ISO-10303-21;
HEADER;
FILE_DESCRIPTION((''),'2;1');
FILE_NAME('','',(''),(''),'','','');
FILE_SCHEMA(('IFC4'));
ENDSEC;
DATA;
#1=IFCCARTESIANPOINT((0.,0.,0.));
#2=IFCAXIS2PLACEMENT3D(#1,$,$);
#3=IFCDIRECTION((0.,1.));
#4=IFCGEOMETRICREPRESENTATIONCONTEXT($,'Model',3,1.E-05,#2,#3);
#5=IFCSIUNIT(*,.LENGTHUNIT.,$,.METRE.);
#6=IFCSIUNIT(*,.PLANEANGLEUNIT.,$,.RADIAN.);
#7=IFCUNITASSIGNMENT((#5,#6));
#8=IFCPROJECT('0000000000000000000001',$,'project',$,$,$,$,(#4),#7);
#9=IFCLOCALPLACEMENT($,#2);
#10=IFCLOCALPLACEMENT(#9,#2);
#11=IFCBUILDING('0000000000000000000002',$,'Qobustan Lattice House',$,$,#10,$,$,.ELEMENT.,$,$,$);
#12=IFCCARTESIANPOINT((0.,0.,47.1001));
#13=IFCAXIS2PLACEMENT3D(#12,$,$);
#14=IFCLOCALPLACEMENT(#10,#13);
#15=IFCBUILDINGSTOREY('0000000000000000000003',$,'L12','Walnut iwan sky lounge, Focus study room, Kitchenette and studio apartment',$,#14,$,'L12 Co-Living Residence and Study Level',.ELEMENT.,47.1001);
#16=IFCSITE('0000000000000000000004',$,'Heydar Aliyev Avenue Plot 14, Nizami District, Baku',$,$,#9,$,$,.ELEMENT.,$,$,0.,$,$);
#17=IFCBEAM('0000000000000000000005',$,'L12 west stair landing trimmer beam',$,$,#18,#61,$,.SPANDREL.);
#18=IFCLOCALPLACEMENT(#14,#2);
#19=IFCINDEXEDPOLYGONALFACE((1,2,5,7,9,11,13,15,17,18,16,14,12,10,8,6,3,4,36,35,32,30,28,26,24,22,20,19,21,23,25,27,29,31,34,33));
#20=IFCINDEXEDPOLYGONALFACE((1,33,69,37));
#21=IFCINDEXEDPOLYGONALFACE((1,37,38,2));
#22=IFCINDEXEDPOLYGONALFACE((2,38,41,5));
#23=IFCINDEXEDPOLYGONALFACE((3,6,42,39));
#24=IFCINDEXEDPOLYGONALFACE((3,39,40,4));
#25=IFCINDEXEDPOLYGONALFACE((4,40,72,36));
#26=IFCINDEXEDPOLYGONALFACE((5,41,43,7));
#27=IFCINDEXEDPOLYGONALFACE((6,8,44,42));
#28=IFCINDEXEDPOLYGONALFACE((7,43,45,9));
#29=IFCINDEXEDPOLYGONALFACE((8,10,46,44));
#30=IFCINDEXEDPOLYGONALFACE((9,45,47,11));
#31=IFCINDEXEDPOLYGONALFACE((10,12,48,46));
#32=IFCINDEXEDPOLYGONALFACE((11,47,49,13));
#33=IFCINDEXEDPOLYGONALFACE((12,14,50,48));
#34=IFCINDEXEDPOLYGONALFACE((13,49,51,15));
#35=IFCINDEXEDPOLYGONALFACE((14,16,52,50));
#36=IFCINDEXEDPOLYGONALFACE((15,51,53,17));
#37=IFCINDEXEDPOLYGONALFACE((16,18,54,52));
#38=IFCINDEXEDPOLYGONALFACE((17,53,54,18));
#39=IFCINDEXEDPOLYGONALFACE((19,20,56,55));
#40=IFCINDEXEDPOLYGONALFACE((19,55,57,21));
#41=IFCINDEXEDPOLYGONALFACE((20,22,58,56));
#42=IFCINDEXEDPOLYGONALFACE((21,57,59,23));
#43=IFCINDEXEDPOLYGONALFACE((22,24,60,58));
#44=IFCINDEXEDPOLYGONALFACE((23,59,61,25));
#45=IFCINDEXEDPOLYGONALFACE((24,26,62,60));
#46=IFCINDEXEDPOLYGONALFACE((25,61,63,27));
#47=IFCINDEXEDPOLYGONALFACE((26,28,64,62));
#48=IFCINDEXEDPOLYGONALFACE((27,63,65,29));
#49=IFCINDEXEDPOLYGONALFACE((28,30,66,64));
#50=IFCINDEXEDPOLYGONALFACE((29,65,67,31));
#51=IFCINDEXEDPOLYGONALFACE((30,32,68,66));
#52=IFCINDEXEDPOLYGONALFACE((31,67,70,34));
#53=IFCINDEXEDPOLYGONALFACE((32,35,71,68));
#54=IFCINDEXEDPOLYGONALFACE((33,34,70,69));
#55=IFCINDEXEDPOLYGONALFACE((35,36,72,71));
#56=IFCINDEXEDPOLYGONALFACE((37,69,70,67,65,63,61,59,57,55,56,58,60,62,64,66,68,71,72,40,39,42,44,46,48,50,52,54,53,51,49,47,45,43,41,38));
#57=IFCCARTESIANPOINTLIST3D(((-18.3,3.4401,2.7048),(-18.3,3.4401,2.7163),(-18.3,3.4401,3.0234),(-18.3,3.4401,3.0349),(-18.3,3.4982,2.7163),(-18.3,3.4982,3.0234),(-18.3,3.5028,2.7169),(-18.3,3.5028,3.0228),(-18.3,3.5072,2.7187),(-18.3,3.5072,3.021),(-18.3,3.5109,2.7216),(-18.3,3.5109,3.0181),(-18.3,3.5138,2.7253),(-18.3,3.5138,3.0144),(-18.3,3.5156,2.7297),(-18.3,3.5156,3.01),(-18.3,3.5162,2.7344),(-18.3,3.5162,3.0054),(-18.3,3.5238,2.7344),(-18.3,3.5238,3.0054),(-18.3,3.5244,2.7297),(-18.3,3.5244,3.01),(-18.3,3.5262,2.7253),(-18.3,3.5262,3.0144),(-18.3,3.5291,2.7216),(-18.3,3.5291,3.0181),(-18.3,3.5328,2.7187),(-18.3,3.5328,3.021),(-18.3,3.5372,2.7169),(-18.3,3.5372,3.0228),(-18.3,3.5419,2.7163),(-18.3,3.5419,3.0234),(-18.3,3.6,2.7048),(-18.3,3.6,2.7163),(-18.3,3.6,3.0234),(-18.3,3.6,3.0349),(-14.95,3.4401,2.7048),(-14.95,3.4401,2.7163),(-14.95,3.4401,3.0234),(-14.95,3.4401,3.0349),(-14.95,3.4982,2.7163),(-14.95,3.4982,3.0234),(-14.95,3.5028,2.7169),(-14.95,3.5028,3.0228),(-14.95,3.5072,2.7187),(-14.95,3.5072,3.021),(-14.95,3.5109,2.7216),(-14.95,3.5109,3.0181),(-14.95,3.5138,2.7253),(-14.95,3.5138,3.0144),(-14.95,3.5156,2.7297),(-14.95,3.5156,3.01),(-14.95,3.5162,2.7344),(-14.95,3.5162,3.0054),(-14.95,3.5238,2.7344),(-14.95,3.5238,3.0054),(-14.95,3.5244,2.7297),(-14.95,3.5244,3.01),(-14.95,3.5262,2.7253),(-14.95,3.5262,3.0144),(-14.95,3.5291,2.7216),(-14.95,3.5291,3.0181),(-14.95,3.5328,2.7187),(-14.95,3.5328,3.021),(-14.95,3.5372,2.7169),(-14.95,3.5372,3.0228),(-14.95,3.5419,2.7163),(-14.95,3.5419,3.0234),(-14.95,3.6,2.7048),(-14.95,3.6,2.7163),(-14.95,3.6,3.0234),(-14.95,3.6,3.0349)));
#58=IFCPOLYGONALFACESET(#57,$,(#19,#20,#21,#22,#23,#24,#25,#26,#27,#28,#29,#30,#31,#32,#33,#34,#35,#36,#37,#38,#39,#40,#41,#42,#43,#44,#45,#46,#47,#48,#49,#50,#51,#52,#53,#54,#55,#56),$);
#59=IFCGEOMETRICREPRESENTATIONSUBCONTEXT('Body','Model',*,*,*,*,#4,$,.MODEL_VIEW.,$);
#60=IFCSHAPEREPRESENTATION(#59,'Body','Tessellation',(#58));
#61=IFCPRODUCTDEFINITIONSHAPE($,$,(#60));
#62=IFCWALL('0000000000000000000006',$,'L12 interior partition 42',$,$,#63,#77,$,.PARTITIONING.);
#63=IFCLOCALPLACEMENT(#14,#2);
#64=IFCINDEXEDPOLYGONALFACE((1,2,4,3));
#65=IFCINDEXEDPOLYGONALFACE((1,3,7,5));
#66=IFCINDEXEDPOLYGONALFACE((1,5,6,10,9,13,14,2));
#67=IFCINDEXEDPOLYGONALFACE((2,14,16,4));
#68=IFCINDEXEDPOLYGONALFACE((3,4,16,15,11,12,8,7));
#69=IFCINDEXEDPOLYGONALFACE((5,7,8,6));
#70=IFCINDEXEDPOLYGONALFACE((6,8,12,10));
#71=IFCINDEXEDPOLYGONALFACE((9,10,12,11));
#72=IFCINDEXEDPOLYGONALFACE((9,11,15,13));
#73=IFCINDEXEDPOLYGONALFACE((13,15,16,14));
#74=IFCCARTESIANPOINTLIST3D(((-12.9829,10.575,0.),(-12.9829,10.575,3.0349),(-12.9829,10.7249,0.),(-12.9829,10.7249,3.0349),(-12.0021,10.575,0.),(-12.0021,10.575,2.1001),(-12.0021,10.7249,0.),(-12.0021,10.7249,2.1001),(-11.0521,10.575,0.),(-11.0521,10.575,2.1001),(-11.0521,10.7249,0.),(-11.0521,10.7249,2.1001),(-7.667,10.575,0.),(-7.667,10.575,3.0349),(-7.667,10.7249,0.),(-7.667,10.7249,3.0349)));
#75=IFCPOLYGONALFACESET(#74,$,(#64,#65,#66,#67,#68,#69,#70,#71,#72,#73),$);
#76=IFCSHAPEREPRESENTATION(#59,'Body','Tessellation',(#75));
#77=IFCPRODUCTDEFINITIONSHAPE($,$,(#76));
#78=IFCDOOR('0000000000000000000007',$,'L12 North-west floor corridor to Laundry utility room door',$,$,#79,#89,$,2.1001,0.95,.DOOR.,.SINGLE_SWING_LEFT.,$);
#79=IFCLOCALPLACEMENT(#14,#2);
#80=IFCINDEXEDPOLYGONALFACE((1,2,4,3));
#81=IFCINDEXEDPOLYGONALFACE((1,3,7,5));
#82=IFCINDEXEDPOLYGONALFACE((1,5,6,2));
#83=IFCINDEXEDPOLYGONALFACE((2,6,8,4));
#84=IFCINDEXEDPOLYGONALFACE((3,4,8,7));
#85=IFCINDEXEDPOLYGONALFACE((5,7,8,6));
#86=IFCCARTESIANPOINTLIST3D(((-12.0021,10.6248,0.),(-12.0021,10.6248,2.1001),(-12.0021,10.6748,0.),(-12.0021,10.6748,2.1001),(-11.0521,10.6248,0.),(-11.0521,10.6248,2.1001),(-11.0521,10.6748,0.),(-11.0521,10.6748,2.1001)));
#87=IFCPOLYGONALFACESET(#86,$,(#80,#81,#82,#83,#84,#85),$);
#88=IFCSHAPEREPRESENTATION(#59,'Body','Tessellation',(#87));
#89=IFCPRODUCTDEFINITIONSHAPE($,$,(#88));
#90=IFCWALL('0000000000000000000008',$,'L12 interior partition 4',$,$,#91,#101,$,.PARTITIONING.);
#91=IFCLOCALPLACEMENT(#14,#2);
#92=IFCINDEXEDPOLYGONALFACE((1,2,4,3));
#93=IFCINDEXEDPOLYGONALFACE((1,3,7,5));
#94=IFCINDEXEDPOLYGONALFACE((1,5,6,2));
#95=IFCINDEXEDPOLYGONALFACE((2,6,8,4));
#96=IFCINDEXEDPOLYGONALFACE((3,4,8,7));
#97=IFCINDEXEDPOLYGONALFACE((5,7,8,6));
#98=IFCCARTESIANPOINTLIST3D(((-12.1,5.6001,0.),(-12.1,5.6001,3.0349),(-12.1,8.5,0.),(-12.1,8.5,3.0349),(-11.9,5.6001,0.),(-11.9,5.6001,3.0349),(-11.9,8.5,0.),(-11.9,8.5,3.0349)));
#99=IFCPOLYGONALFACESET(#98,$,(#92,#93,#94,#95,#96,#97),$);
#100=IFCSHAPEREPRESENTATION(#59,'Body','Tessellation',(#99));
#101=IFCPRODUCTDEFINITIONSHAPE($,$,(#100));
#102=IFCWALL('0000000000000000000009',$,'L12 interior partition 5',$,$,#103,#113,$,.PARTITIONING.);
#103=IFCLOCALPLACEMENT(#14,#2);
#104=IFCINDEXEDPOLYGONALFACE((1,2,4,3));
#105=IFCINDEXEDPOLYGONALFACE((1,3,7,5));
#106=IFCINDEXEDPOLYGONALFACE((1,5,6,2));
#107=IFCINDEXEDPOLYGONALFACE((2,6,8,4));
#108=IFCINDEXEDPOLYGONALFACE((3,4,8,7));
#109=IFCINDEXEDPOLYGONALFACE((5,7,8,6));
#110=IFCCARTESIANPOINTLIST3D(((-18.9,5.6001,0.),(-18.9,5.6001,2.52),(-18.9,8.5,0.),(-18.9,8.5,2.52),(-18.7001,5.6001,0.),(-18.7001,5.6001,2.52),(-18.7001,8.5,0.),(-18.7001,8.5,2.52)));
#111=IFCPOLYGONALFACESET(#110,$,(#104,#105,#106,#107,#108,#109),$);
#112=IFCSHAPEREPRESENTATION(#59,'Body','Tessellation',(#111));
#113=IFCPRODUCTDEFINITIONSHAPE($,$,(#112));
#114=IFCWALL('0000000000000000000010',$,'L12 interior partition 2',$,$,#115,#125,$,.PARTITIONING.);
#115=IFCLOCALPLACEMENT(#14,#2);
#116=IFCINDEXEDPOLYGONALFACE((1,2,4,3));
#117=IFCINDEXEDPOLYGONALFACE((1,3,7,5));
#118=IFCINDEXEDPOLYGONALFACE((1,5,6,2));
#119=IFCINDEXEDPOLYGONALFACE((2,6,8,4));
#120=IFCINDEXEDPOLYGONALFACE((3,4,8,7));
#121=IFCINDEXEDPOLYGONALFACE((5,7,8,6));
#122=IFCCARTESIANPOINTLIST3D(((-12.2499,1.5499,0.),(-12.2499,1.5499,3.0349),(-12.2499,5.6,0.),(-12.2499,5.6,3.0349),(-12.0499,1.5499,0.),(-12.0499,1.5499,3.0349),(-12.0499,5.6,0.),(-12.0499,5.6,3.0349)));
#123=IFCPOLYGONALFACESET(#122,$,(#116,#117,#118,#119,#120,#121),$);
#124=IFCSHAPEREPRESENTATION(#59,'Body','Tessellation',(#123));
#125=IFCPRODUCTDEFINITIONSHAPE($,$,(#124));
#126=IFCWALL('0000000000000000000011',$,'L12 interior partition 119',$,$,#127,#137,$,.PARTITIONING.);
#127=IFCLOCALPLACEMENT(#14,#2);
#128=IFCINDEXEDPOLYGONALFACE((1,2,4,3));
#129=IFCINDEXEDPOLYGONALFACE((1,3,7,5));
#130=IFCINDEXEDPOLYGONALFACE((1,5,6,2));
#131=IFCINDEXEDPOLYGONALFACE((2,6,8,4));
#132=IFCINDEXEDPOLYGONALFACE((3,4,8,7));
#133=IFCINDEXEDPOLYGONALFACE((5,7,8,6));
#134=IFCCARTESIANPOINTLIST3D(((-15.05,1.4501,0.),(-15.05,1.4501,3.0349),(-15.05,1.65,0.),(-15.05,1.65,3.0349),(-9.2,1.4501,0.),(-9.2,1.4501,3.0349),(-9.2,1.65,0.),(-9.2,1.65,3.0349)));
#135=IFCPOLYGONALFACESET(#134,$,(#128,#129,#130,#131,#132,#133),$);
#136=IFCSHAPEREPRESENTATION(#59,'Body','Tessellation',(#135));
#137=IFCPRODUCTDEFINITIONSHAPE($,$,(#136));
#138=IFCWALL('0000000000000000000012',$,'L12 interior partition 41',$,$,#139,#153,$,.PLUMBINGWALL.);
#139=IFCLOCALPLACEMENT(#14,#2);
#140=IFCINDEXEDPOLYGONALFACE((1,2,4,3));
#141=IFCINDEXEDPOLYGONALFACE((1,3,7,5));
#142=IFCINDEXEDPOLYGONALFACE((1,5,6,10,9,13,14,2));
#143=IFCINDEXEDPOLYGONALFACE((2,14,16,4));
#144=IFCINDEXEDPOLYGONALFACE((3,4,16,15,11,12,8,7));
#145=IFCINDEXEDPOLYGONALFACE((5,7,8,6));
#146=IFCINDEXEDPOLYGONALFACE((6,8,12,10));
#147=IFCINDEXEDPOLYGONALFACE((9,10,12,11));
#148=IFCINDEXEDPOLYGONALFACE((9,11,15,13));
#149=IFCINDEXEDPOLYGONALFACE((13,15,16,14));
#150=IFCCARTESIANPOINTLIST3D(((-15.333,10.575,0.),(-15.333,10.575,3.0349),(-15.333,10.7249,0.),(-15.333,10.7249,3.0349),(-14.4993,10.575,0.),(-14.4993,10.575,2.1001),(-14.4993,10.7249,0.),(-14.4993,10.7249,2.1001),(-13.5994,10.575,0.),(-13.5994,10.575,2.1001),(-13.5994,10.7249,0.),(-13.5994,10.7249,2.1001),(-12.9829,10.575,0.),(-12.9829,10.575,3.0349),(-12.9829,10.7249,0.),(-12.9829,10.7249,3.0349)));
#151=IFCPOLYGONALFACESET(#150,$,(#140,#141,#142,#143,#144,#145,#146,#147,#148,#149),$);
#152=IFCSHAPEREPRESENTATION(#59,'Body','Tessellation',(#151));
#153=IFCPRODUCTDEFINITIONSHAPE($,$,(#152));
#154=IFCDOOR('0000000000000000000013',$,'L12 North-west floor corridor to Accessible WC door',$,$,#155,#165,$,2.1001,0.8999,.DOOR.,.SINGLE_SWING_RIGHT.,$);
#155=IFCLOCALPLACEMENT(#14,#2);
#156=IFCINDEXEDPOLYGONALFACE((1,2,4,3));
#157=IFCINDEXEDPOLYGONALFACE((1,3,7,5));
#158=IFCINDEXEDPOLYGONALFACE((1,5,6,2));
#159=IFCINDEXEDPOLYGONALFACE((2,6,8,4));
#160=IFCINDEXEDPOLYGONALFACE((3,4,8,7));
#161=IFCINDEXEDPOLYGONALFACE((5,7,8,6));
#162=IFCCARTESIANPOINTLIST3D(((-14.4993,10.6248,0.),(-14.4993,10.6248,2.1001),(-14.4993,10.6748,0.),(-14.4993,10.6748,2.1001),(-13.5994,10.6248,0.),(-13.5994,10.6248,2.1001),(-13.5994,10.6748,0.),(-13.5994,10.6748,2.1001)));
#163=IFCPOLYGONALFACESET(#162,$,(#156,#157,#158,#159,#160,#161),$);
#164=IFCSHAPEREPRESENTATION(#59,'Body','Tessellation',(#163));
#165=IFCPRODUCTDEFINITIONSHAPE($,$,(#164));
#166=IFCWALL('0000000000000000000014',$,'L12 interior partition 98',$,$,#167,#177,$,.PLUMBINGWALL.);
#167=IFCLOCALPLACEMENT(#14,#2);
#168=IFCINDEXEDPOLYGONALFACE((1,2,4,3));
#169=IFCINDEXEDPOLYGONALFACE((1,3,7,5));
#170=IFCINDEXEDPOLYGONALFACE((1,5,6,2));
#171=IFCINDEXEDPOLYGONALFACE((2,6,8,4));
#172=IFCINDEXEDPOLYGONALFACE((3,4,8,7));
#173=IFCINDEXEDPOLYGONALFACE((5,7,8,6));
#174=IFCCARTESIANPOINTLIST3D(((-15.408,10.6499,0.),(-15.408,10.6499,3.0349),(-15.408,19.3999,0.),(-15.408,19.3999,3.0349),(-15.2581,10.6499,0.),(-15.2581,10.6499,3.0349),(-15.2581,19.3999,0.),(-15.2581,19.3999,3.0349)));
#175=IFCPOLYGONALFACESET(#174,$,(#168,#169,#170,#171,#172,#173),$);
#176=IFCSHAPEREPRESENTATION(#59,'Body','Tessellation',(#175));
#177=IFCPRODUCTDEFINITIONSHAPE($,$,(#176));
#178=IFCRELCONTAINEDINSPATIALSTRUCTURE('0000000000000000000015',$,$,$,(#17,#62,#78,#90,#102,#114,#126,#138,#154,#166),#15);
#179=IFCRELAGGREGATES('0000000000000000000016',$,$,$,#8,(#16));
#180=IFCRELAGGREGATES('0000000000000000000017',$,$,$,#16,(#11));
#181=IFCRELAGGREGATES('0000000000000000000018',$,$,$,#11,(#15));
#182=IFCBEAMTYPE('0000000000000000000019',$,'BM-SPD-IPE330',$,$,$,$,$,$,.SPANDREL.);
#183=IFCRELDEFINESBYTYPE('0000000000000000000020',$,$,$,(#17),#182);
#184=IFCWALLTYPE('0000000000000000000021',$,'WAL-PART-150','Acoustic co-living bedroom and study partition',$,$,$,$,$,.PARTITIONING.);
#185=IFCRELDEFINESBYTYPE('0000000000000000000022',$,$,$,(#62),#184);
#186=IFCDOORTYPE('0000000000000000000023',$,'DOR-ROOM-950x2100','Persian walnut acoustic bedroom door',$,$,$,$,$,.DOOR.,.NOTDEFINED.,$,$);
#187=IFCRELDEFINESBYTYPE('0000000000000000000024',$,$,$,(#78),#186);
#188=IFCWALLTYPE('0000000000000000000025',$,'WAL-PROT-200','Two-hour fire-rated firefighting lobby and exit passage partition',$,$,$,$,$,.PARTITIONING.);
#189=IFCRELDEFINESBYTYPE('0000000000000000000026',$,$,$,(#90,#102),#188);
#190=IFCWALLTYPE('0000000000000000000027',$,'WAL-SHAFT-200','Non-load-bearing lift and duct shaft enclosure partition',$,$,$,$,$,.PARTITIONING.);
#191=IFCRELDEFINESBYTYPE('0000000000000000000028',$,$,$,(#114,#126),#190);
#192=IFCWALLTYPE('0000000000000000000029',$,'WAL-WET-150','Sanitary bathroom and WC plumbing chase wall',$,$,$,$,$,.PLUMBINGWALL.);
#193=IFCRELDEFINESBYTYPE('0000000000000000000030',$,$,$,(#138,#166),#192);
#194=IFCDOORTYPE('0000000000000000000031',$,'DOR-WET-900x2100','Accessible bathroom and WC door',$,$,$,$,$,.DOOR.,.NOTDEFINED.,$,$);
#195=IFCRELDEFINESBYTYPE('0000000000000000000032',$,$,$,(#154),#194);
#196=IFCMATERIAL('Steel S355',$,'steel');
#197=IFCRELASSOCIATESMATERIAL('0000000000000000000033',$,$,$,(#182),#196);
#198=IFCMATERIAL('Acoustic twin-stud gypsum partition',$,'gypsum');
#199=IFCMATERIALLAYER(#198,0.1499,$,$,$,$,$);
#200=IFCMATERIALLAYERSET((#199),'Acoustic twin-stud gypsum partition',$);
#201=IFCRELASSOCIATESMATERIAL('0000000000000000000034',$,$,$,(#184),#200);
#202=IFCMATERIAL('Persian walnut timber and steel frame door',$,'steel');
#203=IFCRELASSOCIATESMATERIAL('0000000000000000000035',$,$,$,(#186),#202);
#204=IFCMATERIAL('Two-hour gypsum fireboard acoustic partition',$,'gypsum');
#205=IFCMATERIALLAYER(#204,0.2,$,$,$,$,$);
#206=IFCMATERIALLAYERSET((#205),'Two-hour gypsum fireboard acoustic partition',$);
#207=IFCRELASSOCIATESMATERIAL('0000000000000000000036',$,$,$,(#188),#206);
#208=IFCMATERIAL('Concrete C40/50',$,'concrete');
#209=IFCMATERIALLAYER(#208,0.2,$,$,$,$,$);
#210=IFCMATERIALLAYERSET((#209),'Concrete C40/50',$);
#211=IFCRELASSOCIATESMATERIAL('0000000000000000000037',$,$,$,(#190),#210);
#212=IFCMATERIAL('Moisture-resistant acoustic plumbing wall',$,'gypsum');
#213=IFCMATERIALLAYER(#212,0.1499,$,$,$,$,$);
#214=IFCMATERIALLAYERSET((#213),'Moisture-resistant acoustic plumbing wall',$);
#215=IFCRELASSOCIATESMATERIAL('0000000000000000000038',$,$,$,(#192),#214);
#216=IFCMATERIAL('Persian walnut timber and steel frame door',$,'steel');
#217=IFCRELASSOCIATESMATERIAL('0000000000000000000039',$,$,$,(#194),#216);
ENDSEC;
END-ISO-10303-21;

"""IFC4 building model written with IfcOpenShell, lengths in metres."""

from ifc_helpers import new_model, si_unit, direction, frame, frame_2d, origin, origin_2d, place, context, subcontext, project, spatial, rectangle, i_section, extrude, material, layer, layer_set, material_profile, profile_set, type_object, element, fill, save


model = new_model("IFC4")

# Units and contexts
model_context = context("Model", 3, precision=1e-05, world=origin(), true_north=direction((0.0, 1.0)))
body_context = subcontext(model_context, "Body", "Model", "MODEL_VIEW")
ifc_project = project(units=[si_unit("LENGTHUNIT", "METRE"), si_unit("PLANEANGLEUNIT", "RADIAN")], contexts=[model_context])

# Site, building, storey
site_placement = place(None, origin())
site = spatial("IfcSite", under=ifc_project, at=site_placement, Name="Heydar Aliyev Avenue Plot 14, Nizami District, Baku", CompositionType="ELEMENT", RefElevation=0.0)
building_placement = place(site_placement, origin())
building = spatial("IfcBuilding", under=site, at=building_placement, Name="Qobustan Lattice House", CompositionType="ELEMENT")
storey_placement = place(building_placement, frame((0.0, 0.0, 47.1001)))
storey = spatial("IfcBuildingStorey", under=building, at=storey_placement, Name="L12", Description="Walnut iwan sky lounge, Focus study room, Kitchenette and studio apartment", LongName="L12 Co-Living Residence and Study Level", CompositionType="ELEMENT", Elevation=47.1001)

# Beam
ifc_material_1 = material(Name="Steel S355", Category="steel")
ifc_material_profile = material_profile(ifc_material_1, i_section(OverallWidth=0.1599, OverallDepth=0.3301, WebThickness=0.0076, FlangeThickness=0.0115, FilletRadius=0.0181, at=origin_2d()), Name="IPE330")
ifc_profile_set = profile_set([ifc_material_profile], Name="Steel S355")
beam_type = type_object("IfcBeamType", Name="BM-SPD-IPE330", PredefinedType="SPANDREL", material=ifc_profile_set)
beam_placement = place(storey_placement, frame((-18.3, 3.52, 2.8699), z_axis=(1.0, 0.0, 0.0), x_axis=(0.0, 1.0, 0.0)))
element("IfcBeam", 1, at=beam_placement, inside=storey, type_object=beam_type, Name="L12 west stair landing trimmer beam", PredefinedType="SPANDREL", context=body_context, shape_type="SweptSolid", body=[
    extrude(i_section(OverallWidth=0.1599, OverallDepth=0.3301, WebThickness=0.0076, FlangeThickness=0.0115, FilletRadius=0.0181, at=origin_2d()), origin(), (0.0, 0.0, 1.0), 3.3501),
])

# Wall, opening, door
ifc_material_2 = material(Name="Acoustic twin-stud gypsum partition", Category="gypsum")
ifc_layer_1 = layer(ifc_material_2, 0.1499)
ifc_layer_set_1 = layer_set([ifc_layer_1], Name="Acoustic twin-stud gypsum partition")
wall_type_1 = type_object("IfcWallType", Name="WAL-PART-150", Description="Acoustic co-living bedroom and study partition", PredefinedType="PARTITIONING", material=ifc_layer_set_1)
wall_1_placement = place(storey_placement, frame((-12.9829, 10.6499, 0.0), z_axis=(0.0, 0.0, 1.0), x_axis=(1.0, 0.0, 0.0)))
wall_1 = element("IfcWall", 2, at=wall_1_placement, inside=storey, type_object=wall_type_1, Name="L12 interior partition 42", PredefinedType="PARTITIONING", context=body_context, shape_type="SweptSolid", body=[
    extrude(rectangle(XDim=5.3159, YDim=0.1499, at=frame_2d((2.658, 0.0))), origin(), (0.0, 0.0, 1.0), 3.0349),
])
opening_1_placement = place(wall_1_placement, frame((0.9807, 0.0, 0.0)))
opening_1 = element("IfcOpeningElement", 3, at=opening_1_placement, cuts=wall_1, PredefinedType="OPENING", context=body_context, shape_type="SweptSolid", body=[
    extrude(rectangle(XDim=0.95, YDim=2.1001, at=frame_2d((0.4751, 1.05))), frame((0.0, 0.085, 0.0), z_axis=(0.0, -1.0, 0.0), x_axis=(1.0, 0.0, 0.0)), (0.0, 0.0, 1.0), 0.1699),
])
ifc_material_3 = material(Name="Persian walnut timber and steel frame door", Category="steel")
door_type_1 = type_object("IfcDoorType", Name="DOR-ROOM-950x2100", Description="Persian walnut acoustic bedroom door", OperationType="NOTDEFINED", PredefinedType="DOOR", material=ifc_material_3)
door_1_placement = place(opening_1_placement, origin())
door_1 = element("IfcDoor", 4, at=door_1_placement, inside=storey, type_object=door_type_1, Name="L12 North-west floor corridor to Laundry utility room door", OperationType="SINGLE_SWING_LEFT", OverallHeight=2.1001, OverallWidth=0.95, PredefinedType="DOOR", context=body_context, shape_type="SweptSolid", body=[
    extrude(rectangle(XDim=0.95, YDim=2.1001, at=frame_2d((0.4751, 1.05))), frame((0.0, 0.0249, 0.0), z_axis=(0.0, -1.0, 0.0), x_axis=(1.0, 0.0, 0.0)), (0.0, 0.0, 1.0), 0.05),
])
fill(opening_1, door_1)

# Walls
ifc_material_4 = material(Name="Two-hour gypsum fireboard acoustic partition", Category="gypsum")
ifc_layer_2 = layer(ifc_material_4, 0.2)
ifc_layer_set_2 = layer_set([ifc_layer_2], Name="Two-hour gypsum fireboard acoustic partition")
wall_type_2 = type_object("IfcWallType", Name="WAL-PROT-200", Description="Two-hour fire-rated firefighting lobby and exit passage partition", PredefinedType="PARTITIONING", material=ifc_layer_set_2)
wall_2_placement = place(storey_placement, frame((-12.0, 5.6001, 0.0), z_axis=(0.0, 0.0, 1.0), x_axis=(0.0, 1.0, 0.0)))
element("IfcWall", 5, at=wall_2_placement, inside=storey, type_object=wall_type_2, Name="L12 interior partition 4", PredefinedType="PARTITIONING", context=body_context, shape_type="SweptSolid", body=[
    extrude(rectangle(XDim=2.8999, YDim=0.2, at=frame_2d((1.45, 0.0))), origin(), (0.0, 0.0, 1.0), 3.0349),
])
wall_3_placement = place(storey_placement, frame((-18.8, 8.5, 0.0), z_axis=(0.0, 0.0, 1.0), x_axis=(0.0, -1.0, 0.0)))
element("IfcWall", 6, at=wall_3_placement, inside=storey, type_object=wall_type_2, Name="L12 interior partition 5", PredefinedType="PARTITIONING", context=body_context, shape_type="SweptSolid", body=[
    extrude(rectangle(XDim=2.8999, YDim=0.2, at=frame_2d((1.45, 0.0))), origin(), (0.0, 0.0, 1.0), 2.52),
])
ifc_material_5 = material(Name="Concrete C40/50", Category="concrete")
ifc_layer_3 = layer(ifc_material_5, 0.2)
ifc_layer_set_3 = layer_set([ifc_layer_3], Name="Concrete C40/50")
wall_type_3 = type_object("IfcWallType", Name="WAL-SHAFT-200", Description="Non-load-bearing lift and duct shaft enclosure partition", PredefinedType="PARTITIONING", material=ifc_layer_set_3)
wall_4_placement = place(storey_placement, frame((-12.1499, 1.55, 0.0), z_axis=(0.0, 0.0, 1.0), x_axis=(0.0, 1.0, 0.0)))
element("IfcWall", 7, at=wall_4_placement, inside=storey, type_object=wall_type_3, Name="L12 interior partition 2", PredefinedType="PARTITIONING", context=body_context, shape_type="SweptSolid", body=[
    extrude(rectangle(XDim=4.05, YDim=0.2, at=frame_2d((2.0249, 0.0))), origin(), (0.0, 0.0, 1.0), 3.0349),
])
wall_5_placement = place(storey_placement, frame((-15.05, 1.55, 0.0), z_axis=(0.0, 0.0, 1.0), x_axis=(1.0, 0.0, 0.0)))
element("IfcWall", 8, at=wall_5_placement, inside=storey, type_object=wall_type_3, Name="L12 interior partition 119", PredefinedType="PARTITIONING", context=body_context, shape_type="SweptSolid", body=[
    extrude(rectangle(XDim=5.8501, YDim=0.2, at=frame_2d((2.925, 0.0))), origin(), (0.0, 0.0, 1.0), 3.0349),
])

# Wall, opening, door
ifc_material_6 = material(Name="Moisture-resistant acoustic plumbing wall", Category="gypsum")
ifc_layer_4 = layer(ifc_material_6, 0.1499)
ifc_layer_set_4 = layer_set([ifc_layer_4], Name="Moisture-resistant acoustic plumbing wall")
wall_type_4 = type_object("IfcWallType", Name="WAL-WET-150", Description="Sanitary bathroom and WC plumbing chase wall", PredefinedType="PLUMBINGWALL", material=ifc_layer_set_4)
wall_6_placement = place(storey_placement, frame((-15.333, 10.6499, 0.0), z_axis=(0.0, 0.0, 1.0), x_axis=(1.0, 0.0, 0.0)))
wall_6 = element("IfcWall", 9, at=wall_6_placement, inside=storey, type_object=wall_type_4, Name="L12 interior partition 41", PredefinedType="PLUMBINGWALL", context=body_context, shape_type="SweptSolid", body=[
    extrude(rectangle(XDim=2.3501, YDim=0.1499, at=frame_2d((1.175, 0.0))), origin(), (0.0, 0.0, 1.0), 3.0349),
])
opening_2_placement = place(wall_6_placement, frame((0.8337, 0.0, 0.0)))
opening_2 = element("IfcOpeningElement", 10, at=opening_2_placement, cuts=wall_6, PredefinedType="OPENING", context=body_context, shape_type="SweptSolid", body=[
    extrude(rectangle(XDim=0.8999, YDim=2.1001, at=frame_2d((0.45, 1.05))), frame((0.0, 0.085, 0.0), z_axis=(0.0, -1.0, 0.0), x_axis=(1.0, 0.0, 0.0)), (0.0, 0.0, 1.0), 0.1699),
])
ifc_material_7 = material(Name="Persian walnut timber and steel frame door", Category="steel")
door_type_2 = type_object("IfcDoorType", Name="DOR-WET-900x2100", Description="Accessible bathroom and WC door", OperationType="NOTDEFINED", PredefinedType="DOOR", material=ifc_material_7)
door_2_placement = place(opening_2_placement, origin())
door_2 = element("IfcDoor", 11, at=door_2_placement, inside=storey, type_object=door_type_2, Name="L12 North-west floor corridor to Accessible WC door", OperationType="SINGLE_SWING_RIGHT", OverallHeight=2.1001, OverallWidth=0.8999, PredefinedType="DOOR", context=body_context, shape_type="SweptSolid", body=[
    extrude(rectangle(XDim=0.8999, YDim=2.1001, at=frame_2d((0.45, 1.05))), frame((0.0, 0.0249, 0.0), z_axis=(0.0, -1.0, 0.0), x_axis=(1.0, 0.0, 0.0)), (0.0, 0.0, 1.0), 0.05),
])
fill(opening_2, door_2)

# Wall
for number, where, z_axis, x_axis, name in (
    (12, (-15.333, 19.3999, 0.0), (0.0, 0.0, 1.0), (0.0, -1.0, 0.0), "L12 interior partition 98"),
):
    element("IfcWall", number, at=place(storey_placement, frame(where, z_axis=z_axis, x_axis=x_axis)), inside=storey, type_object=wall_type_4, Name=name, PredefinedType="PLUMBINGWALL", context=body_context, shape_type="SweptSolid", body=[
        extrude(rectangle(XDim=8.75, YDim=0.1499, at=frame_2d((4.375, 0.0))), origin(), (0.0, 0.0, 1.0), 3.0349),
    ])

save(model, "model.ifc")
